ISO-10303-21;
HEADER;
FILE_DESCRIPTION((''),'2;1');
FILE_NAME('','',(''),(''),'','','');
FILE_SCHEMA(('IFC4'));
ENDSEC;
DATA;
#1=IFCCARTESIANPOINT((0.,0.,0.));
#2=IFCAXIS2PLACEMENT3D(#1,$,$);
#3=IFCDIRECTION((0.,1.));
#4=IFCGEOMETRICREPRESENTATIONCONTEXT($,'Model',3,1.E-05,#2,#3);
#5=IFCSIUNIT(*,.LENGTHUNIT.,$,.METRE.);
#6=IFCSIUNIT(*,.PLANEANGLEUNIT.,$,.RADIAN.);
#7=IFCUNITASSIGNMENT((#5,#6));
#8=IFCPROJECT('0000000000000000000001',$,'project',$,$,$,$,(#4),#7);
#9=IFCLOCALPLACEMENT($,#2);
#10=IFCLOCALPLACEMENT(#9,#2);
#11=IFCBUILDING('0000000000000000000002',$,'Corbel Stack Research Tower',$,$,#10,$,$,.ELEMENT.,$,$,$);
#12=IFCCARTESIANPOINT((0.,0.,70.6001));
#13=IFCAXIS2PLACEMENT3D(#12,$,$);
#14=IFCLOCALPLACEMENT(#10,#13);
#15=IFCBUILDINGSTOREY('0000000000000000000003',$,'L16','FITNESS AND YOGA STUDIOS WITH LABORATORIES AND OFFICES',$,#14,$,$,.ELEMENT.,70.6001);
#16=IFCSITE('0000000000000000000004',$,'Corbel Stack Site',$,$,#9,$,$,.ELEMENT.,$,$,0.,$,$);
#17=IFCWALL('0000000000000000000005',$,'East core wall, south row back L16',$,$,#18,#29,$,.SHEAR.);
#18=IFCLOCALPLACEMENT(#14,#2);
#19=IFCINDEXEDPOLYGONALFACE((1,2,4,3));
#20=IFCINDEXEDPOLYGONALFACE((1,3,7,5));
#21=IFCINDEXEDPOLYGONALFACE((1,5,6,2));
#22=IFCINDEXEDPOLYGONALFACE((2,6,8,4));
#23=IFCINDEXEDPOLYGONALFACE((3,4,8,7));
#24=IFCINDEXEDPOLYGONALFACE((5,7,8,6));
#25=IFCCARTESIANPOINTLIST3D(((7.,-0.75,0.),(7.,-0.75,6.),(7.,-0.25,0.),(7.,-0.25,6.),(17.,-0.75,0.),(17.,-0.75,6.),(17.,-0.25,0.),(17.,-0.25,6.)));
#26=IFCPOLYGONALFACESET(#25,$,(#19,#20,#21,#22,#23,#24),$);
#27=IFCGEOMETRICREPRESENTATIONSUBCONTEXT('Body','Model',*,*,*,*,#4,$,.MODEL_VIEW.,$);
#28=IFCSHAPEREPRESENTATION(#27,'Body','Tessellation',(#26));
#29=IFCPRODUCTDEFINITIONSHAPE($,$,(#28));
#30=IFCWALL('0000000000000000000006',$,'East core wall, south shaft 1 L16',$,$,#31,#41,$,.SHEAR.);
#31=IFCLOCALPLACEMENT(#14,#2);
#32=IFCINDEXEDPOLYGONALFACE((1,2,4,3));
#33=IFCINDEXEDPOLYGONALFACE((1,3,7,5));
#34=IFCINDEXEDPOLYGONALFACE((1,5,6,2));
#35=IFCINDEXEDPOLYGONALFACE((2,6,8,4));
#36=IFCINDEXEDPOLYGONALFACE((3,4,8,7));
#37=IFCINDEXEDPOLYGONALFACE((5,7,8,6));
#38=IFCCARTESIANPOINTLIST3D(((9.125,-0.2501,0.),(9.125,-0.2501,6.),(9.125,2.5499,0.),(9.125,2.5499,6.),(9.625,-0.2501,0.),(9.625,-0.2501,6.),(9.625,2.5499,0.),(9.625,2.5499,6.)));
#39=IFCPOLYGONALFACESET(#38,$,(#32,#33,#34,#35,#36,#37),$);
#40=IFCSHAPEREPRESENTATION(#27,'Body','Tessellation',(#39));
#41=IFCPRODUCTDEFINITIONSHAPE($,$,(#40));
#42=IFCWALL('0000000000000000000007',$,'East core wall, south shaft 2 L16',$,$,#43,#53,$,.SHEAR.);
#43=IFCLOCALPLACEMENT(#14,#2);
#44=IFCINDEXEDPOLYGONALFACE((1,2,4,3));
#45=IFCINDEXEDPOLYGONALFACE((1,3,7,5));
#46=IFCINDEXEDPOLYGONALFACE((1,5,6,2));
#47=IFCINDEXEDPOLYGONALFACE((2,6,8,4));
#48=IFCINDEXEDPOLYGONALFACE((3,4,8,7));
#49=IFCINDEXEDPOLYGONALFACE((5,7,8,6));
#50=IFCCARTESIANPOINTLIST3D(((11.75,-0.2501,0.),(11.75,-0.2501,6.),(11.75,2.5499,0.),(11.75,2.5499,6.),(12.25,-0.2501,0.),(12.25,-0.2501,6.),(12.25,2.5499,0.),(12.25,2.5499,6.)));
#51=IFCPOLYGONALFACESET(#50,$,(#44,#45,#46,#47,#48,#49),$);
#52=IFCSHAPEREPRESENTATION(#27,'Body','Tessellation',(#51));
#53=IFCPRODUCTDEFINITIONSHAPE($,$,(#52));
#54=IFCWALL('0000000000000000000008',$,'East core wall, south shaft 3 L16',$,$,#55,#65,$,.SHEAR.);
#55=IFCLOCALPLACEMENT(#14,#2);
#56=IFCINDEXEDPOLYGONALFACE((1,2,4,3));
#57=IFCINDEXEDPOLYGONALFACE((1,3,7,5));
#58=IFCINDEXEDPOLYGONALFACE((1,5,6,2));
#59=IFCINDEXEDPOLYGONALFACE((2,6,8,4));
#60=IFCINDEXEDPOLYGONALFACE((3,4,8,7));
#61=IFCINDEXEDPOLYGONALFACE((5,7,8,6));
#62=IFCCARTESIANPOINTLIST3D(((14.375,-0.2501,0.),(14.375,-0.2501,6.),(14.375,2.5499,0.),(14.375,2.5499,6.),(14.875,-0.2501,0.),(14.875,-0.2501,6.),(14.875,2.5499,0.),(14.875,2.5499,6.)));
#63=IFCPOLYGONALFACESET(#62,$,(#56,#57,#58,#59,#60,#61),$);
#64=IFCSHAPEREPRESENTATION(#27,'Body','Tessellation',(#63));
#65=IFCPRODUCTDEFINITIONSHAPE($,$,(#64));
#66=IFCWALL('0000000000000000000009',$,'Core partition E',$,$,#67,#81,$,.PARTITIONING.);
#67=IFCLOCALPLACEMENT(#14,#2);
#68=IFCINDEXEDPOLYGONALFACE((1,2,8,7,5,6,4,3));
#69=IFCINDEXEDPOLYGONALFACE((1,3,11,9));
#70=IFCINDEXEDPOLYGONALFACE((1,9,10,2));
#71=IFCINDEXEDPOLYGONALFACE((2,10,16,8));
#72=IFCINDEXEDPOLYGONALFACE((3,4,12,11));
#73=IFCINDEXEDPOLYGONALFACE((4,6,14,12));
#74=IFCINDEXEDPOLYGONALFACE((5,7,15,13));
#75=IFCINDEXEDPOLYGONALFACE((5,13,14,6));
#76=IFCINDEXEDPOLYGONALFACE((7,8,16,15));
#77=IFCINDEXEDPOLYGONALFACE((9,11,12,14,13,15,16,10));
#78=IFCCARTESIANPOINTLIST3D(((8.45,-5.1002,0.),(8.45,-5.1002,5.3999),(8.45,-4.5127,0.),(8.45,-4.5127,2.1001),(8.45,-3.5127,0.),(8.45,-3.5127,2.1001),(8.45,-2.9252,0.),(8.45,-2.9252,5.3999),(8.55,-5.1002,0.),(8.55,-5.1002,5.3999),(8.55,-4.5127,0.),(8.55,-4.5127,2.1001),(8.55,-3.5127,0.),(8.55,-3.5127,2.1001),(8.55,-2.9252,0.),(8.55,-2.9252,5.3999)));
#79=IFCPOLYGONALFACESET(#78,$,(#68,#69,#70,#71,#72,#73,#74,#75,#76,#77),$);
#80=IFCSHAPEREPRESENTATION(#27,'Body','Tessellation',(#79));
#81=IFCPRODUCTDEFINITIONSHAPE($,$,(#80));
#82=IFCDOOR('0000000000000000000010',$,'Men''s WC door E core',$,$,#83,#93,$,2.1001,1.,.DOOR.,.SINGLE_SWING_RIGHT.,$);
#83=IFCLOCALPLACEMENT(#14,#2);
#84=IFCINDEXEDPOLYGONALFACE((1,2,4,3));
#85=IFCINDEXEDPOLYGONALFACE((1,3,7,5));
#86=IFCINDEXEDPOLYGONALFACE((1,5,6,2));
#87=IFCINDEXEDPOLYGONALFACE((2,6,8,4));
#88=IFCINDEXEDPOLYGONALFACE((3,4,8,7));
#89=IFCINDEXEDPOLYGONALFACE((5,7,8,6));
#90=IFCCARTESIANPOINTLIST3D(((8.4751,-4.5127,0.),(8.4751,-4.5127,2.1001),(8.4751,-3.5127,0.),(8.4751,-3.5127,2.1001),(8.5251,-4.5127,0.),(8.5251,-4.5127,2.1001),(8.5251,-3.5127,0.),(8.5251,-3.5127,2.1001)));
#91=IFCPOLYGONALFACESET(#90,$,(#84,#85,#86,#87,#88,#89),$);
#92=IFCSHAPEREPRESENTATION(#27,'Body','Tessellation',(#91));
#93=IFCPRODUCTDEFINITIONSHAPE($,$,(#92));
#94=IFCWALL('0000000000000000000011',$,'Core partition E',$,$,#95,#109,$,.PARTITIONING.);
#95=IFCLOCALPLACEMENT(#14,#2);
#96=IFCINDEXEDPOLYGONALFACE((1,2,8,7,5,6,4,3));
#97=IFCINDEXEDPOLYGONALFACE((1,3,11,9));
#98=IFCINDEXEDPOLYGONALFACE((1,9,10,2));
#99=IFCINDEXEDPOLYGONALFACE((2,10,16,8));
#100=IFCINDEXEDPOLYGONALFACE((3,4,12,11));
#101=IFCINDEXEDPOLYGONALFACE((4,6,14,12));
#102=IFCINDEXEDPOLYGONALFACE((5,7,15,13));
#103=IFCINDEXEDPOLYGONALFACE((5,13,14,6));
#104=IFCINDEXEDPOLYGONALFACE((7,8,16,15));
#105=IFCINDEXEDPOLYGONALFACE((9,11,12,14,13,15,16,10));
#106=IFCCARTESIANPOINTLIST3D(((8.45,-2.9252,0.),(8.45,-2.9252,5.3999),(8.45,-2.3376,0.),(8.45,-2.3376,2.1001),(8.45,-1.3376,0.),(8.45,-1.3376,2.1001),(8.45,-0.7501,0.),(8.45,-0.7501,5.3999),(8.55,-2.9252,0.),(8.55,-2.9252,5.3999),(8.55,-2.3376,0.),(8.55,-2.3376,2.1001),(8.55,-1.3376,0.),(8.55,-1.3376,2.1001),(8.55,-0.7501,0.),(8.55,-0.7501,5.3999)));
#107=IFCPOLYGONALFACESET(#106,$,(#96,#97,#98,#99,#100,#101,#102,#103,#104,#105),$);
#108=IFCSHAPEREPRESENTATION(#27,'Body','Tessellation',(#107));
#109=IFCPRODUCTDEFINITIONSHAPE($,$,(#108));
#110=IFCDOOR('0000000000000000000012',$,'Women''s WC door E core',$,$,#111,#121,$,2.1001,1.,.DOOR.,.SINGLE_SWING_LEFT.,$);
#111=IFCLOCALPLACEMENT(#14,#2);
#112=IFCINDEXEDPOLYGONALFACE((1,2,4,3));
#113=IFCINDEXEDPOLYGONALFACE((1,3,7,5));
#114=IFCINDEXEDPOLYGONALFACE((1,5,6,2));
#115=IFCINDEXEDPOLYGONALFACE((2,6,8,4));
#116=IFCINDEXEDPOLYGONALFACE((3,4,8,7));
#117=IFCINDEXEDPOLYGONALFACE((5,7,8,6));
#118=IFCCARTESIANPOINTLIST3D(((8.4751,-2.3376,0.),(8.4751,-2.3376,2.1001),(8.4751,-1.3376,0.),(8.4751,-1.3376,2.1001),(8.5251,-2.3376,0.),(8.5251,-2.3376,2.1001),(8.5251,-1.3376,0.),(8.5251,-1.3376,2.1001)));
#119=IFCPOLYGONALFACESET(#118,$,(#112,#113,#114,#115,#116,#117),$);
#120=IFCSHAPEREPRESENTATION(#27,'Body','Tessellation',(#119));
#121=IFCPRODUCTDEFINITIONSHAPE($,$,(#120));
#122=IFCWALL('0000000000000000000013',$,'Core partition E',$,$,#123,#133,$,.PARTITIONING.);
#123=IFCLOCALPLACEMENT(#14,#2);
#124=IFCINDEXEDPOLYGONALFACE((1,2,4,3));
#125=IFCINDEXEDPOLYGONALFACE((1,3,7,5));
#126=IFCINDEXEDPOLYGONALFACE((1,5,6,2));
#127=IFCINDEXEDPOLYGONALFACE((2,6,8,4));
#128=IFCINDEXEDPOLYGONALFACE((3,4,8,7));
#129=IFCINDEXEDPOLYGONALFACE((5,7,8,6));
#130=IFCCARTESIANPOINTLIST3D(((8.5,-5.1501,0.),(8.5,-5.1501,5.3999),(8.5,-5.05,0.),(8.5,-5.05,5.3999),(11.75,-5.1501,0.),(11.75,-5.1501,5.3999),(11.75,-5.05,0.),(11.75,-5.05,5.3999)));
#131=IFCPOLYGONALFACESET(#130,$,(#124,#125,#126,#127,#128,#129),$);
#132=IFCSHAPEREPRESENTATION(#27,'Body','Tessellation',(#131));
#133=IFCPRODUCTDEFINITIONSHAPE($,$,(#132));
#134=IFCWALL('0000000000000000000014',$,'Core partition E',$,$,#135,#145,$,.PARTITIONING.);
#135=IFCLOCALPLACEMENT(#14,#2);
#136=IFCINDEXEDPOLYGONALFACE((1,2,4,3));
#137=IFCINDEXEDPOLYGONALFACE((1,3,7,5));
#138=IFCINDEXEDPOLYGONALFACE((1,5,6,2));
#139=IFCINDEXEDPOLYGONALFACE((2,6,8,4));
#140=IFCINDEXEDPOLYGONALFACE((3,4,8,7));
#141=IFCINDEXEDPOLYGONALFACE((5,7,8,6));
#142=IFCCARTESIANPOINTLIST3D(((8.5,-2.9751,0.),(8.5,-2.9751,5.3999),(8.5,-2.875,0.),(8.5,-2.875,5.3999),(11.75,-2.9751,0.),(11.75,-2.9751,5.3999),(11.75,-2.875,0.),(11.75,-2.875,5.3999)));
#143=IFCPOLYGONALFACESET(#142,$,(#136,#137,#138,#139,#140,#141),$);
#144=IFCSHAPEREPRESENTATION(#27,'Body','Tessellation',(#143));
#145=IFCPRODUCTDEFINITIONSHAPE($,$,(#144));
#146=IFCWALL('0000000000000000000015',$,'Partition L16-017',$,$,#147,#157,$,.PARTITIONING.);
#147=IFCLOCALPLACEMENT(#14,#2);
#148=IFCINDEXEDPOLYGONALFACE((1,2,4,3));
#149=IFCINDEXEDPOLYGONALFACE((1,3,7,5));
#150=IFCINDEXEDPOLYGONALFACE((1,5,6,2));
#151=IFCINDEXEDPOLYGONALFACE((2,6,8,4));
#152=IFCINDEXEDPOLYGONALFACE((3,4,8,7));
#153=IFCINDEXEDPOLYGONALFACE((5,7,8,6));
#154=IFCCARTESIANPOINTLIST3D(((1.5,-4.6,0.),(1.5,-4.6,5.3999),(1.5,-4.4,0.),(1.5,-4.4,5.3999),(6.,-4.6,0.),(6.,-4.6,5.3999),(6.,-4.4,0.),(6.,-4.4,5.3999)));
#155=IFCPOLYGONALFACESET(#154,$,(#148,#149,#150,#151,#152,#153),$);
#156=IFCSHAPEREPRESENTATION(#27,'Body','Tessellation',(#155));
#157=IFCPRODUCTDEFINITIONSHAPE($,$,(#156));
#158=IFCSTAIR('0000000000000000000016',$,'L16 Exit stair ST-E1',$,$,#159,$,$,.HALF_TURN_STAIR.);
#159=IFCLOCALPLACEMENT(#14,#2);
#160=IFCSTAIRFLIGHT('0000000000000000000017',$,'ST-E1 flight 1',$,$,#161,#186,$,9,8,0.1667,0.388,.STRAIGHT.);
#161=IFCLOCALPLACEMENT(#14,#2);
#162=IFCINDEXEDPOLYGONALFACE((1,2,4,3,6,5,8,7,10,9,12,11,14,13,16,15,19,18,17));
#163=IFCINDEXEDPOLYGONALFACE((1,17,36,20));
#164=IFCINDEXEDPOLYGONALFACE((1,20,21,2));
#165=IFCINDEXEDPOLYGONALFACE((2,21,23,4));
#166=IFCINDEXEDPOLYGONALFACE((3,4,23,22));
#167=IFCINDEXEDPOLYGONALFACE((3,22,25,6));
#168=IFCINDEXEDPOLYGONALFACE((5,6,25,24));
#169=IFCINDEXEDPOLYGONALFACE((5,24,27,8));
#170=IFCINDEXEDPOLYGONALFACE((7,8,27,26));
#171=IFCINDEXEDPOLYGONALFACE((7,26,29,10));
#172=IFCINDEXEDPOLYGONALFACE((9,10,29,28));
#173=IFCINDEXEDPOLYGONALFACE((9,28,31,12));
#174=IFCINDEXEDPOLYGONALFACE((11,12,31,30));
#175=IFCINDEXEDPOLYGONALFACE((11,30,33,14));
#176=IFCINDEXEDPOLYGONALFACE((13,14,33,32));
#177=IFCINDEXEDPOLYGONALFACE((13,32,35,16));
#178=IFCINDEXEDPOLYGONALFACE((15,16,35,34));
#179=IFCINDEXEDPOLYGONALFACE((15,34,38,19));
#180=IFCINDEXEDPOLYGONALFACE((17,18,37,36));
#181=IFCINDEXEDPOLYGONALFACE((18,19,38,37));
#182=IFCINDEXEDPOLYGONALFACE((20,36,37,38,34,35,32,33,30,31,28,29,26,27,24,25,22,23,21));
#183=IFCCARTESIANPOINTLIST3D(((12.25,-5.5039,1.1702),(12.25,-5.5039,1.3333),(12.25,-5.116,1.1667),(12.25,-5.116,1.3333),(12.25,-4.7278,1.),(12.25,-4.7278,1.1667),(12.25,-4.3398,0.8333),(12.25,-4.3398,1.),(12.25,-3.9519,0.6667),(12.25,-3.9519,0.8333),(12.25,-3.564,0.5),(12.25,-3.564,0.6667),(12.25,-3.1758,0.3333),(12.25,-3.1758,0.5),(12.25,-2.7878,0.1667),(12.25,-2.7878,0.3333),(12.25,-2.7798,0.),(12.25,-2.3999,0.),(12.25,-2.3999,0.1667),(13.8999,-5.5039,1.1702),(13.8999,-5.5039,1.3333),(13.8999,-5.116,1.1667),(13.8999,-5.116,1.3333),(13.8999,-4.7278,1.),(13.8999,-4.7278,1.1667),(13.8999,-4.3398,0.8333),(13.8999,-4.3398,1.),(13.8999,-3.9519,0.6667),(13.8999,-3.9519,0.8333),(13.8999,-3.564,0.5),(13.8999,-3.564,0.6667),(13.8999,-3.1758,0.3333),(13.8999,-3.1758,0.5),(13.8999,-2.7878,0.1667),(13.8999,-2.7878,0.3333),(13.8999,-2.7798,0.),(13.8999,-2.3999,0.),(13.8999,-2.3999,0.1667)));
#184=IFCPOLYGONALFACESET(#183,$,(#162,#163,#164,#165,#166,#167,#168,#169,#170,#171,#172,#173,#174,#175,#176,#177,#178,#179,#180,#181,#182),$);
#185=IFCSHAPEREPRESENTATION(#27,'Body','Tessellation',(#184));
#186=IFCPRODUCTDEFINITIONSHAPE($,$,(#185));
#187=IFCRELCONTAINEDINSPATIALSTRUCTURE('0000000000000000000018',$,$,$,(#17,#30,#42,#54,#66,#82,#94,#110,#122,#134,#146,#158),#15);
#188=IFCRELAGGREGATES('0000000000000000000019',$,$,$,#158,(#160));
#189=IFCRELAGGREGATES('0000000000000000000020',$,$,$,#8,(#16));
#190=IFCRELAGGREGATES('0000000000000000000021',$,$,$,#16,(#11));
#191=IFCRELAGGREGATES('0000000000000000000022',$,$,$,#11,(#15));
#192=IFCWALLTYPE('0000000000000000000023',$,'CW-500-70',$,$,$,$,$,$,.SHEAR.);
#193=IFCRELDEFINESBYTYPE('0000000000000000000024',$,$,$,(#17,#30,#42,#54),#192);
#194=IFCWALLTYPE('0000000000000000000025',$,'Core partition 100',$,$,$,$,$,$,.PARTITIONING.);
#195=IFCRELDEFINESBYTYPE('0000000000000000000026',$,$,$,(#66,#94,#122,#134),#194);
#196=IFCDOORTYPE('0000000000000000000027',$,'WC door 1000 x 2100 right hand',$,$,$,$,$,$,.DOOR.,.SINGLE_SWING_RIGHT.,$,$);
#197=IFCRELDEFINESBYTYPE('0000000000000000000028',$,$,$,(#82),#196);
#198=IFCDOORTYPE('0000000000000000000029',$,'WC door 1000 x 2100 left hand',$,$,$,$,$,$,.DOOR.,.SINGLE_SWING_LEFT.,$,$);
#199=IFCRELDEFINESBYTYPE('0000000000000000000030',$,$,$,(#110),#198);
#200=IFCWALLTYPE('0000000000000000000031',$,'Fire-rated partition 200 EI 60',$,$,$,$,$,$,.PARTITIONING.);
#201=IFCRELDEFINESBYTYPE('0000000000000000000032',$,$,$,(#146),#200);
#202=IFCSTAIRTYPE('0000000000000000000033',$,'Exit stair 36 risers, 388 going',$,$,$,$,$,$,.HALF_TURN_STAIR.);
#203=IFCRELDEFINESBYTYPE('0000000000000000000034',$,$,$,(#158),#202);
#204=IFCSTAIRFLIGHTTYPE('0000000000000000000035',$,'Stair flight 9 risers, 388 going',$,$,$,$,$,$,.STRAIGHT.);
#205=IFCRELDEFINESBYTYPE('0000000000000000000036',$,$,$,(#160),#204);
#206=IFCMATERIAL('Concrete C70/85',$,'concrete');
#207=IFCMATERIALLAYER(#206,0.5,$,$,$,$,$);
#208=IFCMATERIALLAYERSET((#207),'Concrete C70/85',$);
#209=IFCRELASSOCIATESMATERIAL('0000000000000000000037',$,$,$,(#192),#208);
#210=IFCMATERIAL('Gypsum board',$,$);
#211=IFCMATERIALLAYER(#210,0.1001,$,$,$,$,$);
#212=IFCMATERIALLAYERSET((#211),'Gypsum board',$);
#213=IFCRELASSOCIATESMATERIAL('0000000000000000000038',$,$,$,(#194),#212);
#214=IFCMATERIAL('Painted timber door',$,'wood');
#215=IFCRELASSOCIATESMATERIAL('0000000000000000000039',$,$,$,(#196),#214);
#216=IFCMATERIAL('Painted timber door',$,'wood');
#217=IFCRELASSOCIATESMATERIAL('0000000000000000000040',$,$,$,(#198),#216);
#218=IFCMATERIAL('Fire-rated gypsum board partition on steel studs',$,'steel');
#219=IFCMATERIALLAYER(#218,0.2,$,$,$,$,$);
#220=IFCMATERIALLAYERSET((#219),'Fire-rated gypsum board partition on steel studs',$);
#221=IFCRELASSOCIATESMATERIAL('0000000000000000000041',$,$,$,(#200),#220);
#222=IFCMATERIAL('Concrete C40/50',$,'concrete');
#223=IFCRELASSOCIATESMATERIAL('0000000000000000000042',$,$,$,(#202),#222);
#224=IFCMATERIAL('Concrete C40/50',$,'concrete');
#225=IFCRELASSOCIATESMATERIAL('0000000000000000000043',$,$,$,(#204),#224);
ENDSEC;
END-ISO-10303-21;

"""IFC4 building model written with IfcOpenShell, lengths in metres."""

from ifc_helpers import new_model, si_unit, direction, frame, frame_2d, origin, place, context, subcontext, project, spatial, polyline, rectangle, outline, extrude, material, layer, layer_set, type_object, element, fill, aggregate, save


model = new_model("IFC4")

# Units and contexts
model_context = context("Model", 3, precision=1e-05, world=origin(), true_north=direction((0.0, 1.0)))
body_context = subcontext(model_context, "Body", "Model", "MODEL_VIEW")
ifc_project = project(units=[si_unit("LENGTHUNIT", "METRE"), si_unit("PLANEANGLEUNIT", "RADIAN")], contexts=[model_context])

# Site, building, storey
site_placement = place(None, origin())
site = spatial("IfcSite", under=ifc_project, at=site_placement, Name="Corbel Stack Site", CompositionType="ELEMENT", RefElevation=0.0)
building_placement = place(site_placement, origin())
building = spatial("IfcBuilding", under=site, at=building_placement, Name="Corbel Stack Research Tower", CompositionType="ELEMENT")
storey_placement = place(building_placement, frame((0.0, 0.0, 70.6001)))
storey = spatial("IfcBuildingStorey", under=building, at=storey_placement, Name="L16", Description="FITNESS AND YOGA STUDIOS WITH LABORATORIES AND OFFICES", CompositionType="ELEMENT", Elevation=70.6001)

# Walls
ifc_material_1 = material(Name="Concrete C70/85", Category="concrete")
ifc_layer_1 = layer(ifc_material_1, 0.5)
ifc_layer_set_1 = layer_set([ifc_layer_1], Name="Concrete C70/85")
wall_type_1 = type_object("IfcWallType", Name="CW-500-70", PredefinedType="SHEAR", material=ifc_layer_set_1)
wall_1_placement = place(storey_placement, frame((7.0, -0.5, 0.0), z_axis=(0.0, 0.0, 1.0), x_axis=(1.0, 0.0, 0.0)))
element("IfcWall", 1, at=wall_1_placement, inside=storey, type_object=wall_type_1, Name="East core wall, south row back L16", PredefinedType="SHEAR", context=body_context, shape_type="SweptSolid", body=[
    extrude(rectangle(XDim=10.0, YDim=0.5, at=frame_2d((5.0, 0.0))), origin(), (0.0, 0.0, 1.0), 6.0),
])
for number, where, z_axis, x_axis, name in (
    (2, (9.375, -0.25, 0.0), (0.0, 0.0, 1.0), (0.0, 1.0, 0.0), "East core wall, south shaft 1 L16"),
    (3, (12.0, -0.25, 0.0), (0.0, 0.0, 1.0), (0.0, 1.0, 0.0), "East core wall, south shaft 2 L16"),
    (4, (14.625, -0.25, 0.0), (0.0, 0.0, 1.0), (0.0, 1.0, 0.0), "East core wall, south shaft 3 L16"),
):
    element("IfcWall", number, at=place(storey_placement, frame(where, z_axis=z_axis, x_axis=x_axis)), inside=storey, type_object=wall_type_1, Name=name, PredefinedType="SHEAR", context=body_context, shape_type="SweptSolid", body=[
        extrude(rectangle(XDim=2.8, YDim=0.5, at=frame_2d((1.3999, 0.0))), origin(), (0.0, 0.0, 1.0), 6.0),
    ])

# Walls, openings, doors
ifc_material_2 = material(Name="Gypsum board")
ifc_layer_2 = layer(ifc_material_2, 0.1001)
ifc_layer_set_2 = layer_set([ifc_layer_2], Name="Gypsum board")
wall_type_2 = type_object("IfcWallType", Name="Core partition 100", PredefinedType="PARTITIONING", material=ifc_layer_set_2)
wall_2_placement = place(storey_placement, frame((8.5, -5.1001, 0.0), z_axis=(0.0, 0.0, 1.0), x_axis=(0.0, 1.0, 0.0)))
wall_2 = element("IfcWall", 5, at=wall_2_placement, inside=storey, type_object=wall_type_2, Name="Core partition E", PredefinedType="PARTITIONING", context=body_context, shape_type="SweptSolid", body=[
    extrude(rectangle(XDim=2.175, YDim=0.1001, at=frame_2d((1.0874, 0.0))), origin(), (0.0, 0.0, 1.0), 5.3999),
])
opening_1_placement = place(wall_2_placement, frame((0.5874, 0.0, 0.0)))
opening_1 = element("IfcOpeningElement", 6, at=opening_1_placement, cuts=wall_2, PredefinedType="OPENING", context=body_context, shape_type="SweptSolid", body=[
    extrude(rectangle(XDim=1.0, YDim=2.1001, at=frame_2d((0.5, 1.05))), frame((0.0, 0.0601, 0.0), z_axis=(0.0, -1.0, 0.0), x_axis=(1.0, 0.0, 0.0)), (0.0, 0.0, 1.0), 0.1201),
])
ifc_material_3 = material(Name="Painted timber door", Category="wood")
door_type_1 = type_object("IfcDoorType", Name="WC door 1000 x 2100 right hand", OperationType="SINGLE_SWING_RIGHT", PredefinedType="DOOR", material=ifc_material_3)
door_1_placement = place(opening_1_placement, origin())
door_1 = element("IfcDoor", 7, at=door_1_placement, inside=storey, type_object=door_type_1, Name="Men's WC door E core", OperationType="SINGLE_SWING_RIGHT", OverallHeight=2.1001, OverallWidth=1.0, PredefinedType="DOOR", context=body_context, shape_type="SweptSolid", body=[
    extrude(rectangle(XDim=1.0, YDim=2.1001, at=frame_2d((0.5, 1.05))), frame((0.0, 0.0249, 0.0), z_axis=(0.0, -1.0, 0.0), x_axis=(1.0, 0.0, 0.0)), (0.0, 0.0, 1.0), 0.05),
])
fill(opening_1, door_1)
wall_3_placement = place(storey_placement, frame((8.5, -2.925, 0.0), z_axis=(0.0, 0.0, 1.0), x_axis=(0.0, 1.0, 0.0)))
wall_3 = element("IfcWall", 8, at=wall_3_placement, inside=storey, type_object=wall_type_2, Name="Core partition E", PredefinedType="PARTITIONING", context=body_context, shape_type="SweptSolid", body=[
    extrude(rectangle(XDim=2.175, YDim=0.1001, at=frame_2d((1.0874, 0.0))), origin(), (0.0, 0.0, 1.0), 5.3999),
])
opening_2_placement = place(wall_3_placement, frame((0.5874, 0.0, 0.0)))
opening_2 = element("IfcOpeningElement", 9, at=opening_2_placement, cuts=wall_3, PredefinedType="OPENING", context=body_context, shape_type="SweptSolid", body=[
    extrude(rectangle(XDim=1.0, YDim=2.1001, at=frame_2d((0.5, 1.05))), frame((0.0, 0.0601, 0.0), z_axis=(0.0, -1.0, 0.0), x_axis=(1.0, 0.0, 0.0)), (0.0, 0.0, 1.0), 0.1201),
])
ifc_material_4 = material(Name="Painted timber door", Category="wood")
door_type_2 = type_object("IfcDoorType", Name="WC door 1000 x 2100 left hand", OperationType="SINGLE_SWING_LEFT", PredefinedType="DOOR", material=ifc_material_4)
door_2_placement = place(opening_2_placement, origin())
door_2 = element("IfcDoor", 10, at=door_2_placement, inside=storey, type_object=door_type_2, Name="Women's WC door E core", OperationType="SINGLE_SWING_LEFT", OverallHeight=2.1001, OverallWidth=1.0, PredefinedType="DOOR", context=body_context, shape_type="SweptSolid", body=[
    extrude(rectangle(XDim=1.0, YDim=2.1001, at=frame_2d((0.5, 1.05))), frame((0.0, 0.0249, 0.0), z_axis=(0.0, -1.0, 0.0), x_axis=(1.0, 0.0, 0.0)), (0.0, 0.0, 1.0), 0.05),
])
fill(opening_2, door_2)

# Walls
for number, where, z_axis, x_axis, name in (
    (11, (8.5, -5.1001, 0.0), (0.0, 0.0, 1.0), (1.0, 0.0, 0.0), "Core partition E"),
    (12, (8.5, -2.925, 0.0), (0.0, 0.0, 1.0), (1.0, 0.0, 0.0), "Core partition E"),
):
    element("IfcWall", number, at=place(storey_placement, frame(where, z_axis=z_axis, x_axis=x_axis)), inside=storey, type_object=wall_type_2, Name=name, PredefinedType="PARTITIONING", context=body_context, shape_type="SweptSolid", body=[
        extrude(rectangle(XDim=3.25, YDim=0.1001, at=frame_2d((1.625, 0.0))), origin(), (0.0, 0.0, 1.0), 5.3999),
    ])
ifc_material_5 = material(Name="Fire-rated gypsum board partition on steel studs", Category="steel")
ifc_layer_3 = layer(ifc_material_5, 0.2)
ifc_layer_set_3 = layer_set([ifc_layer_3], Name="Fire-rated gypsum board partition on steel studs")
wall_type_3 = type_object("IfcWallType", Name="Fire-rated partition 200 EI 60", PredefinedType="PARTITIONING", material=ifc_layer_set_3)
wall_4_placement = place(storey_placement, frame((1.5, -4.5, 0.0), z_axis=(0.0, 0.0, 1.0), x_axis=(1.0, 0.0, 0.0)))
element("IfcWall", 13, at=wall_4_placement, inside=storey, type_object=wall_type_3, Name="Partition L16-017", PredefinedType="PARTITIONING", context=body_context, shape_type="SweptSolid", body=[
    extrude(rectangle(XDim=4.5, YDim=0.2, at=frame_2d((2.25, 0.0))), origin(), (0.0, 0.0, 1.0), 5.3999),
])

# Stair, stair flight
ifc_material_6 = material(Name="Concrete C40/50", Category="concrete")
stair_type = type_object("IfcStairType", Name="Exit stair 36 risers, 388 going", PredefinedType="HALF_TURN_STAIR", material=ifc_material_6)
stair_placement = place(storey_placement, origin())
stair = element("IfcStair", 14, at=stair_placement, inside=storey, type_object=stair_type, Name="L16 Exit stair ST-E1", PredefinedType="HALF_TURN_STAIR")
ifc_material_7 = material(Name="Concrete C40/50", Category="concrete")
stair_flight_type = type_object("IfcStairFlightType", Name="Stair flight 9 risers, 388 going", PredefinedType="STRAIGHT", material=ifc_material_7)
stair_flight_1_placement = place(storey_placement, frame((13.075, -2.3999, 0.0), z_axis=(0.0, 0.0, 1.0), x_axis=(0.0, -1.0, 0.0)))
stair_flight_1 = element("IfcStairFlight", 15, at=stair_flight_1_placement, type_object=stair_flight_type, Name="ST-E1 flight 1", NumberOfRisers=9, NumberOfTreads=8, PredefinedType="STRAIGHT", RiserHeight=0.1667, TreadLength=0.388, context=body_context, shape_type="SweptSolid", body=[
    extrude(outline(polyline([(0.0, 0.0), (0.0, 0.1667), (0.3879, 0.1667), (0.3879, 0.3333), (0.7759, 0.3333), (0.7759, 0.5), (1.1641, 0.5), (1.1641, 0.6667), (1.552, 0.6667), (1.552, 0.8333), (1.9399, 0.8333), (1.9399, 1.0), (2.3279, 1.0), (2.3279, 1.1667), (2.7161, 1.1667), (2.7161, 1.3333), (3.104, 1.3333), (3.104, 1.5), (3.104, 1.1702), (0.3799, 0.0), (0.0, 0.0)])), frame((0.0, 0.825, 0.0), z_axis=(0.0, -1.0, 0.0), x_axis=(1.0, 0.0, 0.0)), (0.0, 0.0, 1.0), 1.6499),
])
aggregate(stair, [stair_flight_1])

save(model, "model.ifc")
